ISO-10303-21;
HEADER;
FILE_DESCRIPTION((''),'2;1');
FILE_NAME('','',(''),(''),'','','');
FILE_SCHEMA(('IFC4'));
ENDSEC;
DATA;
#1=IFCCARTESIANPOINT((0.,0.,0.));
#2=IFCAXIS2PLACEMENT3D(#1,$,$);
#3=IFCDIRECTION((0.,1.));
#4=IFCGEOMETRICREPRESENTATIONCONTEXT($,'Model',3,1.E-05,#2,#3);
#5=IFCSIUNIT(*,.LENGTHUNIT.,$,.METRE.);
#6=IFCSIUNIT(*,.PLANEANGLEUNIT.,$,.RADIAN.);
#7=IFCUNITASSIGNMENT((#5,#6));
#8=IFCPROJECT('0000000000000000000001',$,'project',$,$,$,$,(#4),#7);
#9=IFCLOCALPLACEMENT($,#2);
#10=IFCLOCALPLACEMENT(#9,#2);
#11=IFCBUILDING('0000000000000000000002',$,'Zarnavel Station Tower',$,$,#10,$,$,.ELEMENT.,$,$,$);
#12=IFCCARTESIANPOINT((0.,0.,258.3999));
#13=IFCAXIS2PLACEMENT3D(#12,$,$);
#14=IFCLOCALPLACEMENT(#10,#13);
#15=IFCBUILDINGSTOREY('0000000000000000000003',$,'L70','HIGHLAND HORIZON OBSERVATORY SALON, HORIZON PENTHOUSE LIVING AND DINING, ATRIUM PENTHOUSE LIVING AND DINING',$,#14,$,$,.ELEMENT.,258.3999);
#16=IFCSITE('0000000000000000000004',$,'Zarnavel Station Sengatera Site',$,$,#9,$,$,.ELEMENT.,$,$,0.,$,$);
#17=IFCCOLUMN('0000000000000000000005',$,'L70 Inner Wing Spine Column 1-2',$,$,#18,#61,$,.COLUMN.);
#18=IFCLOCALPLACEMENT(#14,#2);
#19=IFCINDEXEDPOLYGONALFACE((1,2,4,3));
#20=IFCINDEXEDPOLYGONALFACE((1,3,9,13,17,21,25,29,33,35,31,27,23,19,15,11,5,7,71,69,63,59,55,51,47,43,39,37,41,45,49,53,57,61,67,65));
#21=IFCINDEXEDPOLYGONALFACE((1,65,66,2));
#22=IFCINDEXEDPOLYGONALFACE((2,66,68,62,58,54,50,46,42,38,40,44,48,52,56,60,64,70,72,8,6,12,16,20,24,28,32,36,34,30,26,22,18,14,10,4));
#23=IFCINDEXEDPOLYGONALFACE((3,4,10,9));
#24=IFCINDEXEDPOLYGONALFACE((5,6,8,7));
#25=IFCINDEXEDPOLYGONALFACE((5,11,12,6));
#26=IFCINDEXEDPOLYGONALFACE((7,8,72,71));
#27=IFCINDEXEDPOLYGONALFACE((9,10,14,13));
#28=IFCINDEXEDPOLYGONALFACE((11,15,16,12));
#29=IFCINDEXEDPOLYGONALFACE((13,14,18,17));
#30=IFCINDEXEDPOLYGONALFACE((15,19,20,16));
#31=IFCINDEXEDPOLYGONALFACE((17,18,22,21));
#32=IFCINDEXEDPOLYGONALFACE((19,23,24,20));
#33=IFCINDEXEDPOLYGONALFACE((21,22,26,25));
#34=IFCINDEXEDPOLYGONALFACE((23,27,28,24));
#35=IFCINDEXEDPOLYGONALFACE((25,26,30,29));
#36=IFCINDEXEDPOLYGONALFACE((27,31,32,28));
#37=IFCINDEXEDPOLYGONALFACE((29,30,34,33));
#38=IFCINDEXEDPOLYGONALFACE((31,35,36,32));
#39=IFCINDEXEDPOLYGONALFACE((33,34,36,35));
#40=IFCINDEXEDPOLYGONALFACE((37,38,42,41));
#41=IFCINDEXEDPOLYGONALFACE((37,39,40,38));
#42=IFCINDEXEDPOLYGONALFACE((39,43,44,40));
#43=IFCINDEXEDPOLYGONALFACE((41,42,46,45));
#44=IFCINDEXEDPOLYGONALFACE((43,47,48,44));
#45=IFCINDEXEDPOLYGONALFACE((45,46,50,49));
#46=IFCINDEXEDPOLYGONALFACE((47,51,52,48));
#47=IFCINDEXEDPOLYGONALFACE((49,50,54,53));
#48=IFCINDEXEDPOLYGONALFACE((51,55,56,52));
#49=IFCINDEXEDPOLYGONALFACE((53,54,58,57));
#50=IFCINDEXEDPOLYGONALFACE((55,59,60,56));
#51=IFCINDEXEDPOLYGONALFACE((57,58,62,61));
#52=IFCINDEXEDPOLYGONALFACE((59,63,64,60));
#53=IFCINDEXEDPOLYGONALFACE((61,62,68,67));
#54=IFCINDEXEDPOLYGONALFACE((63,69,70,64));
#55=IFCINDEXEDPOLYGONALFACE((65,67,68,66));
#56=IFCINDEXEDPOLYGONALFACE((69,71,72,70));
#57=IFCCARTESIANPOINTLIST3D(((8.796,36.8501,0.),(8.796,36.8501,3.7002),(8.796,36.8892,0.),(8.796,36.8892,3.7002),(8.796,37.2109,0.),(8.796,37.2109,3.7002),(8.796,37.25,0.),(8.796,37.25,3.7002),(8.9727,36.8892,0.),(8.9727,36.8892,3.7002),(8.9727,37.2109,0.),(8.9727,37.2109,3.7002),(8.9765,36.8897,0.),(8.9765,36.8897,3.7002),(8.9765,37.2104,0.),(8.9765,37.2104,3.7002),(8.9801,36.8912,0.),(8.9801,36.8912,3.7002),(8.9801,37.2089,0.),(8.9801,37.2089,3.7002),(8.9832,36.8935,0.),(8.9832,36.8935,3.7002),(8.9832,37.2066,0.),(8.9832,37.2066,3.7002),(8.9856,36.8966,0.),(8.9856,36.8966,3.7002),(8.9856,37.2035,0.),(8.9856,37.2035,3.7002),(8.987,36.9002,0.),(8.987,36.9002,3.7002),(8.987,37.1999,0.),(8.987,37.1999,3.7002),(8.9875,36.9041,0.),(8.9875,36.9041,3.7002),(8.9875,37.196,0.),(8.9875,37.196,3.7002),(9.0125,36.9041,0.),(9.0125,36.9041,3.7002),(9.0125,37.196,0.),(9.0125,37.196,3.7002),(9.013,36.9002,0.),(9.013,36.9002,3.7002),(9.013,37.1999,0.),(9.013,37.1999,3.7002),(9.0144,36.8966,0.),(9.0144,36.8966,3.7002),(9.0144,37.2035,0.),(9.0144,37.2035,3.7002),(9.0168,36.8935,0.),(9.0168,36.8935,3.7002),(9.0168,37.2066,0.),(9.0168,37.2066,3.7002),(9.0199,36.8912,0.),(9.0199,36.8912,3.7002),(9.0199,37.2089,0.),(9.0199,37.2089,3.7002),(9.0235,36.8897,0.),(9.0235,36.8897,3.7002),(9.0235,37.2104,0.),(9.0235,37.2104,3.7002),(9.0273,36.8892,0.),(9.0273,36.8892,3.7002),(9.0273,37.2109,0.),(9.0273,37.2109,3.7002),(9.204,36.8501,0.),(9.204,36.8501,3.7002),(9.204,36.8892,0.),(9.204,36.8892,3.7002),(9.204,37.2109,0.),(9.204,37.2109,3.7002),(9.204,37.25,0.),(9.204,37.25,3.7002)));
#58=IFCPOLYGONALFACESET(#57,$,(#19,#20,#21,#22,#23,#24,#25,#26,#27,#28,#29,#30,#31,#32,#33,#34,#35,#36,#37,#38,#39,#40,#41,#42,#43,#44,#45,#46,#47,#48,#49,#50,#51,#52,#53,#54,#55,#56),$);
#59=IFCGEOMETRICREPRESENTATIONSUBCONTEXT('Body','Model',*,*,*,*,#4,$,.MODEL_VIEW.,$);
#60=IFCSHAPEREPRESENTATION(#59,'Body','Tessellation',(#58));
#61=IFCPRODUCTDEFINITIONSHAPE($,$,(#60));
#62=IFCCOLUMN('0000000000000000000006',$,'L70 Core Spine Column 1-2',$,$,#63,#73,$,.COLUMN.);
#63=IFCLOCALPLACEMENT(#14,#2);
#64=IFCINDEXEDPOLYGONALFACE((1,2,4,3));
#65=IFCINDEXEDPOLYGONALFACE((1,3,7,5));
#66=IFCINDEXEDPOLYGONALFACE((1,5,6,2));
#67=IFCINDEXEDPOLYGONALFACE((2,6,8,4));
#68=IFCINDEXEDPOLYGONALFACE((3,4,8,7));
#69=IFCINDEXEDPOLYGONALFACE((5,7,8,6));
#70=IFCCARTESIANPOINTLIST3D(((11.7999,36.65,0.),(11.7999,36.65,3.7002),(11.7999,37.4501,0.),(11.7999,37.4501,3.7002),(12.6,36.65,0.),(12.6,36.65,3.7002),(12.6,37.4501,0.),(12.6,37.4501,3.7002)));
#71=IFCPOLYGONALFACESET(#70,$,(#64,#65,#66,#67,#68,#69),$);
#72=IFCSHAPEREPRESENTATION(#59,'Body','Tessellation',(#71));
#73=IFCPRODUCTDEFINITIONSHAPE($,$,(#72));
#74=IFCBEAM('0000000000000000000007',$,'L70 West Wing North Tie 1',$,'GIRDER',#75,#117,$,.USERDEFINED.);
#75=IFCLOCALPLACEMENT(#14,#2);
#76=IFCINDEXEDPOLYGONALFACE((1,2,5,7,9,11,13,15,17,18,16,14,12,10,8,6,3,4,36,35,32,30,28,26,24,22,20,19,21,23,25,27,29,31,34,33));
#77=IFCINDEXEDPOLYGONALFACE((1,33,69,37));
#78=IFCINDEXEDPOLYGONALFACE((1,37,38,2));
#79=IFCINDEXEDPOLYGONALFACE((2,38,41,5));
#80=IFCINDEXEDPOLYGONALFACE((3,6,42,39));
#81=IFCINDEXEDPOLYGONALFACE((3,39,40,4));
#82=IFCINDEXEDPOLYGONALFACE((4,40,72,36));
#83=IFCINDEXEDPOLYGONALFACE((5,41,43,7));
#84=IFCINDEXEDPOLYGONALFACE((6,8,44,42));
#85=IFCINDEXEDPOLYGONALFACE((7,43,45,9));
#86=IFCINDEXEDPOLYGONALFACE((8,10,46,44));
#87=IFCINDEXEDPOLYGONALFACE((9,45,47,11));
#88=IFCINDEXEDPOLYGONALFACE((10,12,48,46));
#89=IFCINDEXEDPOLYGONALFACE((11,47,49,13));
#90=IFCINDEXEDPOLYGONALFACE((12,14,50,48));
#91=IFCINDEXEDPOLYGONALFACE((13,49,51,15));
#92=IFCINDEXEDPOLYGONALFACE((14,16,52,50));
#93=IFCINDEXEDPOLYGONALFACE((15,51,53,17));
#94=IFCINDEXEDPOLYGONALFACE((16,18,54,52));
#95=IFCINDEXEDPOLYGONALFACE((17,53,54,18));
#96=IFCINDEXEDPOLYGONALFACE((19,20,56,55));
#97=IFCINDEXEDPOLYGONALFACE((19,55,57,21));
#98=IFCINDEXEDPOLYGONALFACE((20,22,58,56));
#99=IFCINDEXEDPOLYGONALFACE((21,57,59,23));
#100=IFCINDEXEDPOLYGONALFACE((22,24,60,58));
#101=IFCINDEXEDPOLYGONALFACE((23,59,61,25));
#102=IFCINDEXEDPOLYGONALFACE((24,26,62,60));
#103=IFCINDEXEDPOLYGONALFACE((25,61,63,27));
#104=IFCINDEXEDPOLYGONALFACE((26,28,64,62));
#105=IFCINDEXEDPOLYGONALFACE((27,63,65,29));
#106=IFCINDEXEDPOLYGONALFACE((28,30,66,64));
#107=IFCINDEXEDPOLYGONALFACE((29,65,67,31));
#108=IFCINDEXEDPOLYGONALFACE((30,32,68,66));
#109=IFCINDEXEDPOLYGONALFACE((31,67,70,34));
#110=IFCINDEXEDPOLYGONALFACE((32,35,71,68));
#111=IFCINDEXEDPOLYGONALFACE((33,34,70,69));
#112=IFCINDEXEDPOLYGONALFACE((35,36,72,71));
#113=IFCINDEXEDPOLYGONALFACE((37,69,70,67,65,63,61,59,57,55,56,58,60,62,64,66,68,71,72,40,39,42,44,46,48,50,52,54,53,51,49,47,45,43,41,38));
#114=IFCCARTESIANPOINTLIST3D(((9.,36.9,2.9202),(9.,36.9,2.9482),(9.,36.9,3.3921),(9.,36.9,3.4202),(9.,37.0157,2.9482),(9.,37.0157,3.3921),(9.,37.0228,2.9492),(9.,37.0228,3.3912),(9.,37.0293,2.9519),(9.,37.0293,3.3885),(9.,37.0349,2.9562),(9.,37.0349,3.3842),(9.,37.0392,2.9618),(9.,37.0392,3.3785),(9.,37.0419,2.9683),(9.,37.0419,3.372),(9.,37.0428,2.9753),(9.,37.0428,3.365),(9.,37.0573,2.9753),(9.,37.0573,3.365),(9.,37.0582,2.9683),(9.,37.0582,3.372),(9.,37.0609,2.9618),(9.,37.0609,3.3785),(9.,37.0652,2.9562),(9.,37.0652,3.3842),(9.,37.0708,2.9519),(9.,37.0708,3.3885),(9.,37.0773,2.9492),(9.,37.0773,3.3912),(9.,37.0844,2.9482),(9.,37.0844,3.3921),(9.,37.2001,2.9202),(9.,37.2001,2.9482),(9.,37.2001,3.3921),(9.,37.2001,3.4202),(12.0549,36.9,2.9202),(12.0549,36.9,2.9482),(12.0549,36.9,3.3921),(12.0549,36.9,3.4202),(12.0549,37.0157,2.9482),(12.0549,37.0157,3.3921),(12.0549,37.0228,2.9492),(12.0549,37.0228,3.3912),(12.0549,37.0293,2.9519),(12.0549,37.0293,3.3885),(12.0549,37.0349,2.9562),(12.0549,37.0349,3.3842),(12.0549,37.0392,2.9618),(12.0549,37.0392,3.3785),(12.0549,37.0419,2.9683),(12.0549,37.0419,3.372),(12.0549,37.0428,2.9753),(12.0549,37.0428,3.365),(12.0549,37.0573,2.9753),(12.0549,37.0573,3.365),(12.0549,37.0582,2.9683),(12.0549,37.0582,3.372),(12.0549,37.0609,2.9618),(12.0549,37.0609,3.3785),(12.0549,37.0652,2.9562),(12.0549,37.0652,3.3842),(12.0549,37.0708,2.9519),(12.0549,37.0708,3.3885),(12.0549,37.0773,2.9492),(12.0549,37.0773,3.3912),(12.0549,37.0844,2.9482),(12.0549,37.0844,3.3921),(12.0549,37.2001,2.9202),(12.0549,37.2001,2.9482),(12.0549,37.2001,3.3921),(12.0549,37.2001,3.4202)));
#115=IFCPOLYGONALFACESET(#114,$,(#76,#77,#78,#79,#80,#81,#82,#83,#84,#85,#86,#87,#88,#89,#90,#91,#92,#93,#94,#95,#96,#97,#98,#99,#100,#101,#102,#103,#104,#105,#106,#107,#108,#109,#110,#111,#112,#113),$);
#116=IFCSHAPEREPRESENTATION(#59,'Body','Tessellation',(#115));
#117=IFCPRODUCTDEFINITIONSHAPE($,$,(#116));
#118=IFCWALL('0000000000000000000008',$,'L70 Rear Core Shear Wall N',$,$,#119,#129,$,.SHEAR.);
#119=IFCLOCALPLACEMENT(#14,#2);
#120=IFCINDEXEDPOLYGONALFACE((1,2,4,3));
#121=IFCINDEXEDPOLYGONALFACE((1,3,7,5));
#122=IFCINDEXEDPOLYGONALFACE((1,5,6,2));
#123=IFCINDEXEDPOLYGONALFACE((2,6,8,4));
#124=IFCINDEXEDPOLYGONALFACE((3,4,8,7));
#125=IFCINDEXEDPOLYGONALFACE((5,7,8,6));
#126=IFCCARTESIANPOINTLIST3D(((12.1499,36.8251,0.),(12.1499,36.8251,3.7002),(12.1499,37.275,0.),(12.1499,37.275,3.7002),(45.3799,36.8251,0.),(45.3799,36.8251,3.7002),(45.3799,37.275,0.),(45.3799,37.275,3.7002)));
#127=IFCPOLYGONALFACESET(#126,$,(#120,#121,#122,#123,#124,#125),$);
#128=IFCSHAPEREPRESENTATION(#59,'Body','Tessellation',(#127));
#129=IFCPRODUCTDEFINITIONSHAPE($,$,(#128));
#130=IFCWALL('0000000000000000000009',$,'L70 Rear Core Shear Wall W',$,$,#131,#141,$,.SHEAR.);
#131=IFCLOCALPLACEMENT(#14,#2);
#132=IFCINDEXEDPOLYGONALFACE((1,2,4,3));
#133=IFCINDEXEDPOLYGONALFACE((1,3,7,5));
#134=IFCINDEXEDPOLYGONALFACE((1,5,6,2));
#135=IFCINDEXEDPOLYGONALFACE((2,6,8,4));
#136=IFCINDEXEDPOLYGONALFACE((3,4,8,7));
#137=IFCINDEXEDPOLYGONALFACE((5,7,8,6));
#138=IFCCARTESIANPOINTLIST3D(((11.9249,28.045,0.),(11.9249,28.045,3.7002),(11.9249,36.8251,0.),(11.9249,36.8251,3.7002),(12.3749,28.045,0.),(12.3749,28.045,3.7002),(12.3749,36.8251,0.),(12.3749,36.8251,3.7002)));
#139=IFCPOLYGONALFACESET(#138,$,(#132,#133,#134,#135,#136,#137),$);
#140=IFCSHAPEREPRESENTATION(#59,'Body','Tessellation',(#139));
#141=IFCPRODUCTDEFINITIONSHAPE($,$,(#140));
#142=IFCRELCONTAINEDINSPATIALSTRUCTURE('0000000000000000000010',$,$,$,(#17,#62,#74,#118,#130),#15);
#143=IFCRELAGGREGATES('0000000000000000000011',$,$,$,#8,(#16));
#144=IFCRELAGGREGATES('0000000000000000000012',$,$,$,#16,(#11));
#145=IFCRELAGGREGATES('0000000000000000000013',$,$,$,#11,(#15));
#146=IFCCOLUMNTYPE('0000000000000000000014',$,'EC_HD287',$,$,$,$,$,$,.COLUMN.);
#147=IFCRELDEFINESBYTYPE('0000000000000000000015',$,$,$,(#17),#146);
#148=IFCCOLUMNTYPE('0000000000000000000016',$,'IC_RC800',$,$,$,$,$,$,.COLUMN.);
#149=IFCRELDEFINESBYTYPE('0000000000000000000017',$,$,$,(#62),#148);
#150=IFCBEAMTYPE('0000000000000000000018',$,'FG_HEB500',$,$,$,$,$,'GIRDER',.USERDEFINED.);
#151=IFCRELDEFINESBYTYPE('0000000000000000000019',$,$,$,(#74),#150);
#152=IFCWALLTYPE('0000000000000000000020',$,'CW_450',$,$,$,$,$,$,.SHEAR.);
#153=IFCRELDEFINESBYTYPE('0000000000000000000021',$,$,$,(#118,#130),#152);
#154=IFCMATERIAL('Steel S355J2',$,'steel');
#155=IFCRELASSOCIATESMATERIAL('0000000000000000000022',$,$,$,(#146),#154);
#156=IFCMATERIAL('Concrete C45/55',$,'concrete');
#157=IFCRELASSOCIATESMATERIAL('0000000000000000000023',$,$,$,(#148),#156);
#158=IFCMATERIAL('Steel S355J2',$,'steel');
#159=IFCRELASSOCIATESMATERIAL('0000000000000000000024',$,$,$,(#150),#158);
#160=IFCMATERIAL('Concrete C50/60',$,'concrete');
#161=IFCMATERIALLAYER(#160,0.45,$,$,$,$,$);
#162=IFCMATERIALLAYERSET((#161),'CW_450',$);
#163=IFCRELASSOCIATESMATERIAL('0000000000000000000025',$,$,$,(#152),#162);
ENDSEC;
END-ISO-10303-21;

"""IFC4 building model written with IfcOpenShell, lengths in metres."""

from ifc_helpers import new_model, si_unit, direction, frame, frame_2d, origin, origin_2d, place, context, subcontext, project, spatial, rectangle, i_section, extrude, material, layer, layer_set, material_profile, profile_set, type_object, element, save


model = new_model("IFC4")

# Units and contexts
model_context = context("Model", 3, precision=1e-05, world=origin(), true_north=direction((0.0, 1.0)))
body_context = subcontext(model_context, "Body", "Model", "MODEL_VIEW")
ifc_project = project(units=[si_unit("LENGTHUNIT", "METRE"), si_unit("PLANEANGLEUNIT", "RADIAN")], contexts=[model_context])

# Site, building, storey
site_placement = place(None, origin())
site = spatial("IfcSite", under=ifc_project, at=site_placement, Name="Zarnavel Station Sengatera Site", CompositionType="ELEMENT", RefElevation=0.0)
building_placement = place(site_placement, origin())
building = spatial("IfcBuilding", under=site, at=building_placement, Name="Zarnavel Station Tower", CompositionType="ELEMENT")
storey_placement = place(building_placement, frame((0.0, 0.0, 258.3999)))
storey = spatial("IfcBuildingStorey", under=building, at=storey_placement, Name="L70", Description="HIGHLAND HORIZON OBSERVATORY SALON, HORIZON PENTHOUSE LIVING AND DINING, ATRIUM PENTHOUSE LIVING AND DINING", CompositionType="ELEMENT", Elevation=258.3999)

# Columns
ifc_material_1 = material(Name="Steel S355J2", Category="steel")
ifc_material_profile_1 = material_profile(ifc_material_1, i_section(OverallWidth=0.408, OverallDepth=0.3999, WebThickness=0.0249, FlangeThickness=0.0391, FilletRadius=0.0149, at=origin_2d()), Name="HD400x287")
ifc_profile_set_1 = profile_set([ifc_material_profile_1], Name="Steel S355J2")
column_type_1 = type_object("IfcColumnType", Name="EC_HD287", PredefinedType="COLUMN", material=ifc_profile_set_1)
column_1_placement = place(storey_placement, frame((9.0, 37.05, 0.0), z_axis=(0.0, 0.0, 1.0), x_axis=(1.0, 0.0, 0.0)))
element("IfcColumn", 1, at=column_1_placement, inside=storey, type_object=column_type_1, Name="L70 Inner Wing Spine Column 1-2", PredefinedType="COLUMN", context=body_context, shape_type="SweptSolid", body=[
    extrude(i_section(OverallWidth=0.408, OverallDepth=0.3999, WebThickness=0.0249, FlangeThickness=0.0391, FilletRadius=0.0149, at=origin_2d()), origin(), (0.0, 0.0, 1.0), 3.7002),
])
ifc_material_2 = material(Name="Concrete C45/55", Category="concrete")
ifc_material_profile_2 = material_profile(ifc_material_2, rectangle(XDim=0.8, YDim=0.8, at=origin_2d()), Name="RC800x800")
ifc_profile_set_2 = profile_set([ifc_material_profile_2], Name="Concrete C45/55")
column_type_2 = type_object("IfcColumnType", Name="IC_RC800", PredefinedType="COLUMN", material=ifc_profile_set_2)
column_2_placement = place(storey_placement, frame((12.2, 37.05, 0.0), z_axis=(0.0, 0.0, 1.0), x_axis=(1.0, 0.0, 0.0)))
element("IfcColumn", 2, at=column_2_placement, inside=storey, type_object=column_type_2, Name="L70 Core Spine Column 1-2", PredefinedType="COLUMN", context=body_context, shape_type="SweptSolid", body=[
    extrude(rectangle(XDim=0.8, YDim=0.8, at=origin_2d()), origin(), (0.0, 0.0, 1.0), 3.7002),
])

# Beam
ifc_material_3 = material(Name="Steel S355J2", Category="steel")
ifc_material_profile_3 = material_profile(ifc_material_3, i_section(OverallWidth=0.3, OverallDepth=0.5, WebThickness=0.0144, FlangeThickness=0.0281, FilletRadius=0.0271, at=origin_2d()), Name="HEB500")
ifc_profile_set_3 = profile_set([ifc_material_profile_3], Name="Steel S355J2")
beam_type = type_object("IfcBeamType", Name="FG_HEB500", ElementType="GIRDER", PredefinedType="USERDEFINED", material=ifc_profile_set_3)
beam_placement = place(storey_placement, frame((9.0, 37.05, 3.1702), z_axis=(1.0, 0.0, 0.0), x_axis=(0.0, 1.0, 0.0)))
element("IfcBeam", 3, at=beam_placement, inside=storey, type_object=beam_type, Name="L70 West Wing North Tie 1", ObjectType="GIRDER", PredefinedType="USERDEFINED", context=body_context, shape_type="SweptSolid", body=[
    extrude(i_section(OverallWidth=0.3, OverallDepth=0.5, WebThickness=0.0144, FlangeThickness=0.0281, FilletRadius=0.0271, at=origin_2d()), origin(), (0.0, 0.0, 1.0), 3.0549),
])

# Walls
ifc_material_4 = material(Name="Concrete C50/60", Category="concrete")
ifc_layer_1 = layer(ifc_material_4, 0.45)
ifc_layer_set_1 = layer_set([ifc_layer_1], Name="CW_450")
wall_type_1 = type_object("IfcWallType", Name="CW_450", PredefinedType="SHEAR", material=ifc_layer_set_1)
wall_1_placement = place(storey_placement, frame((12.1499, 37.05, 0.0), z_axis=(0.0, 0.0, 1.0), x_axis=(1.0, 0.0, 0.0)))
element("IfcWall", 4, at=wall_1_placement, inside=storey, type_object=wall_type_1, Name="L70 Rear Core Shear Wall N", PredefinedType="SHEAR", context=body_context, shape_type="SweptSolid", body=[
    extrude(rectangle(XDim=33.23, YDim=0.45, at=frame_2d((16.615, 0.0))), origin(), (0.0, 0.0, 1.0), 3.7002),
])
wall_2_placement = place(storey_placement, frame((12.1499, 28.0449, 0.0), z_axis=(0.0, 0.0, 1.0), x_axis=(0.0, 1.0, 0.0)))
element("IfcWall", 5, at=wall_2_placement, inside=storey, type_object=wall_type_1, Name="L70 Rear Core Shear Wall W", PredefinedType="SHEAR", context=body_context, shape_type="SweptSolid", body=[
    extrude(rectangle(XDim=8.78, YDim=0.45, at=frame_2d((4.3901, 0.0))), origin(), (0.0, 0.0, 1.0), 3.7002),
])

save(model, "model.ifc")
